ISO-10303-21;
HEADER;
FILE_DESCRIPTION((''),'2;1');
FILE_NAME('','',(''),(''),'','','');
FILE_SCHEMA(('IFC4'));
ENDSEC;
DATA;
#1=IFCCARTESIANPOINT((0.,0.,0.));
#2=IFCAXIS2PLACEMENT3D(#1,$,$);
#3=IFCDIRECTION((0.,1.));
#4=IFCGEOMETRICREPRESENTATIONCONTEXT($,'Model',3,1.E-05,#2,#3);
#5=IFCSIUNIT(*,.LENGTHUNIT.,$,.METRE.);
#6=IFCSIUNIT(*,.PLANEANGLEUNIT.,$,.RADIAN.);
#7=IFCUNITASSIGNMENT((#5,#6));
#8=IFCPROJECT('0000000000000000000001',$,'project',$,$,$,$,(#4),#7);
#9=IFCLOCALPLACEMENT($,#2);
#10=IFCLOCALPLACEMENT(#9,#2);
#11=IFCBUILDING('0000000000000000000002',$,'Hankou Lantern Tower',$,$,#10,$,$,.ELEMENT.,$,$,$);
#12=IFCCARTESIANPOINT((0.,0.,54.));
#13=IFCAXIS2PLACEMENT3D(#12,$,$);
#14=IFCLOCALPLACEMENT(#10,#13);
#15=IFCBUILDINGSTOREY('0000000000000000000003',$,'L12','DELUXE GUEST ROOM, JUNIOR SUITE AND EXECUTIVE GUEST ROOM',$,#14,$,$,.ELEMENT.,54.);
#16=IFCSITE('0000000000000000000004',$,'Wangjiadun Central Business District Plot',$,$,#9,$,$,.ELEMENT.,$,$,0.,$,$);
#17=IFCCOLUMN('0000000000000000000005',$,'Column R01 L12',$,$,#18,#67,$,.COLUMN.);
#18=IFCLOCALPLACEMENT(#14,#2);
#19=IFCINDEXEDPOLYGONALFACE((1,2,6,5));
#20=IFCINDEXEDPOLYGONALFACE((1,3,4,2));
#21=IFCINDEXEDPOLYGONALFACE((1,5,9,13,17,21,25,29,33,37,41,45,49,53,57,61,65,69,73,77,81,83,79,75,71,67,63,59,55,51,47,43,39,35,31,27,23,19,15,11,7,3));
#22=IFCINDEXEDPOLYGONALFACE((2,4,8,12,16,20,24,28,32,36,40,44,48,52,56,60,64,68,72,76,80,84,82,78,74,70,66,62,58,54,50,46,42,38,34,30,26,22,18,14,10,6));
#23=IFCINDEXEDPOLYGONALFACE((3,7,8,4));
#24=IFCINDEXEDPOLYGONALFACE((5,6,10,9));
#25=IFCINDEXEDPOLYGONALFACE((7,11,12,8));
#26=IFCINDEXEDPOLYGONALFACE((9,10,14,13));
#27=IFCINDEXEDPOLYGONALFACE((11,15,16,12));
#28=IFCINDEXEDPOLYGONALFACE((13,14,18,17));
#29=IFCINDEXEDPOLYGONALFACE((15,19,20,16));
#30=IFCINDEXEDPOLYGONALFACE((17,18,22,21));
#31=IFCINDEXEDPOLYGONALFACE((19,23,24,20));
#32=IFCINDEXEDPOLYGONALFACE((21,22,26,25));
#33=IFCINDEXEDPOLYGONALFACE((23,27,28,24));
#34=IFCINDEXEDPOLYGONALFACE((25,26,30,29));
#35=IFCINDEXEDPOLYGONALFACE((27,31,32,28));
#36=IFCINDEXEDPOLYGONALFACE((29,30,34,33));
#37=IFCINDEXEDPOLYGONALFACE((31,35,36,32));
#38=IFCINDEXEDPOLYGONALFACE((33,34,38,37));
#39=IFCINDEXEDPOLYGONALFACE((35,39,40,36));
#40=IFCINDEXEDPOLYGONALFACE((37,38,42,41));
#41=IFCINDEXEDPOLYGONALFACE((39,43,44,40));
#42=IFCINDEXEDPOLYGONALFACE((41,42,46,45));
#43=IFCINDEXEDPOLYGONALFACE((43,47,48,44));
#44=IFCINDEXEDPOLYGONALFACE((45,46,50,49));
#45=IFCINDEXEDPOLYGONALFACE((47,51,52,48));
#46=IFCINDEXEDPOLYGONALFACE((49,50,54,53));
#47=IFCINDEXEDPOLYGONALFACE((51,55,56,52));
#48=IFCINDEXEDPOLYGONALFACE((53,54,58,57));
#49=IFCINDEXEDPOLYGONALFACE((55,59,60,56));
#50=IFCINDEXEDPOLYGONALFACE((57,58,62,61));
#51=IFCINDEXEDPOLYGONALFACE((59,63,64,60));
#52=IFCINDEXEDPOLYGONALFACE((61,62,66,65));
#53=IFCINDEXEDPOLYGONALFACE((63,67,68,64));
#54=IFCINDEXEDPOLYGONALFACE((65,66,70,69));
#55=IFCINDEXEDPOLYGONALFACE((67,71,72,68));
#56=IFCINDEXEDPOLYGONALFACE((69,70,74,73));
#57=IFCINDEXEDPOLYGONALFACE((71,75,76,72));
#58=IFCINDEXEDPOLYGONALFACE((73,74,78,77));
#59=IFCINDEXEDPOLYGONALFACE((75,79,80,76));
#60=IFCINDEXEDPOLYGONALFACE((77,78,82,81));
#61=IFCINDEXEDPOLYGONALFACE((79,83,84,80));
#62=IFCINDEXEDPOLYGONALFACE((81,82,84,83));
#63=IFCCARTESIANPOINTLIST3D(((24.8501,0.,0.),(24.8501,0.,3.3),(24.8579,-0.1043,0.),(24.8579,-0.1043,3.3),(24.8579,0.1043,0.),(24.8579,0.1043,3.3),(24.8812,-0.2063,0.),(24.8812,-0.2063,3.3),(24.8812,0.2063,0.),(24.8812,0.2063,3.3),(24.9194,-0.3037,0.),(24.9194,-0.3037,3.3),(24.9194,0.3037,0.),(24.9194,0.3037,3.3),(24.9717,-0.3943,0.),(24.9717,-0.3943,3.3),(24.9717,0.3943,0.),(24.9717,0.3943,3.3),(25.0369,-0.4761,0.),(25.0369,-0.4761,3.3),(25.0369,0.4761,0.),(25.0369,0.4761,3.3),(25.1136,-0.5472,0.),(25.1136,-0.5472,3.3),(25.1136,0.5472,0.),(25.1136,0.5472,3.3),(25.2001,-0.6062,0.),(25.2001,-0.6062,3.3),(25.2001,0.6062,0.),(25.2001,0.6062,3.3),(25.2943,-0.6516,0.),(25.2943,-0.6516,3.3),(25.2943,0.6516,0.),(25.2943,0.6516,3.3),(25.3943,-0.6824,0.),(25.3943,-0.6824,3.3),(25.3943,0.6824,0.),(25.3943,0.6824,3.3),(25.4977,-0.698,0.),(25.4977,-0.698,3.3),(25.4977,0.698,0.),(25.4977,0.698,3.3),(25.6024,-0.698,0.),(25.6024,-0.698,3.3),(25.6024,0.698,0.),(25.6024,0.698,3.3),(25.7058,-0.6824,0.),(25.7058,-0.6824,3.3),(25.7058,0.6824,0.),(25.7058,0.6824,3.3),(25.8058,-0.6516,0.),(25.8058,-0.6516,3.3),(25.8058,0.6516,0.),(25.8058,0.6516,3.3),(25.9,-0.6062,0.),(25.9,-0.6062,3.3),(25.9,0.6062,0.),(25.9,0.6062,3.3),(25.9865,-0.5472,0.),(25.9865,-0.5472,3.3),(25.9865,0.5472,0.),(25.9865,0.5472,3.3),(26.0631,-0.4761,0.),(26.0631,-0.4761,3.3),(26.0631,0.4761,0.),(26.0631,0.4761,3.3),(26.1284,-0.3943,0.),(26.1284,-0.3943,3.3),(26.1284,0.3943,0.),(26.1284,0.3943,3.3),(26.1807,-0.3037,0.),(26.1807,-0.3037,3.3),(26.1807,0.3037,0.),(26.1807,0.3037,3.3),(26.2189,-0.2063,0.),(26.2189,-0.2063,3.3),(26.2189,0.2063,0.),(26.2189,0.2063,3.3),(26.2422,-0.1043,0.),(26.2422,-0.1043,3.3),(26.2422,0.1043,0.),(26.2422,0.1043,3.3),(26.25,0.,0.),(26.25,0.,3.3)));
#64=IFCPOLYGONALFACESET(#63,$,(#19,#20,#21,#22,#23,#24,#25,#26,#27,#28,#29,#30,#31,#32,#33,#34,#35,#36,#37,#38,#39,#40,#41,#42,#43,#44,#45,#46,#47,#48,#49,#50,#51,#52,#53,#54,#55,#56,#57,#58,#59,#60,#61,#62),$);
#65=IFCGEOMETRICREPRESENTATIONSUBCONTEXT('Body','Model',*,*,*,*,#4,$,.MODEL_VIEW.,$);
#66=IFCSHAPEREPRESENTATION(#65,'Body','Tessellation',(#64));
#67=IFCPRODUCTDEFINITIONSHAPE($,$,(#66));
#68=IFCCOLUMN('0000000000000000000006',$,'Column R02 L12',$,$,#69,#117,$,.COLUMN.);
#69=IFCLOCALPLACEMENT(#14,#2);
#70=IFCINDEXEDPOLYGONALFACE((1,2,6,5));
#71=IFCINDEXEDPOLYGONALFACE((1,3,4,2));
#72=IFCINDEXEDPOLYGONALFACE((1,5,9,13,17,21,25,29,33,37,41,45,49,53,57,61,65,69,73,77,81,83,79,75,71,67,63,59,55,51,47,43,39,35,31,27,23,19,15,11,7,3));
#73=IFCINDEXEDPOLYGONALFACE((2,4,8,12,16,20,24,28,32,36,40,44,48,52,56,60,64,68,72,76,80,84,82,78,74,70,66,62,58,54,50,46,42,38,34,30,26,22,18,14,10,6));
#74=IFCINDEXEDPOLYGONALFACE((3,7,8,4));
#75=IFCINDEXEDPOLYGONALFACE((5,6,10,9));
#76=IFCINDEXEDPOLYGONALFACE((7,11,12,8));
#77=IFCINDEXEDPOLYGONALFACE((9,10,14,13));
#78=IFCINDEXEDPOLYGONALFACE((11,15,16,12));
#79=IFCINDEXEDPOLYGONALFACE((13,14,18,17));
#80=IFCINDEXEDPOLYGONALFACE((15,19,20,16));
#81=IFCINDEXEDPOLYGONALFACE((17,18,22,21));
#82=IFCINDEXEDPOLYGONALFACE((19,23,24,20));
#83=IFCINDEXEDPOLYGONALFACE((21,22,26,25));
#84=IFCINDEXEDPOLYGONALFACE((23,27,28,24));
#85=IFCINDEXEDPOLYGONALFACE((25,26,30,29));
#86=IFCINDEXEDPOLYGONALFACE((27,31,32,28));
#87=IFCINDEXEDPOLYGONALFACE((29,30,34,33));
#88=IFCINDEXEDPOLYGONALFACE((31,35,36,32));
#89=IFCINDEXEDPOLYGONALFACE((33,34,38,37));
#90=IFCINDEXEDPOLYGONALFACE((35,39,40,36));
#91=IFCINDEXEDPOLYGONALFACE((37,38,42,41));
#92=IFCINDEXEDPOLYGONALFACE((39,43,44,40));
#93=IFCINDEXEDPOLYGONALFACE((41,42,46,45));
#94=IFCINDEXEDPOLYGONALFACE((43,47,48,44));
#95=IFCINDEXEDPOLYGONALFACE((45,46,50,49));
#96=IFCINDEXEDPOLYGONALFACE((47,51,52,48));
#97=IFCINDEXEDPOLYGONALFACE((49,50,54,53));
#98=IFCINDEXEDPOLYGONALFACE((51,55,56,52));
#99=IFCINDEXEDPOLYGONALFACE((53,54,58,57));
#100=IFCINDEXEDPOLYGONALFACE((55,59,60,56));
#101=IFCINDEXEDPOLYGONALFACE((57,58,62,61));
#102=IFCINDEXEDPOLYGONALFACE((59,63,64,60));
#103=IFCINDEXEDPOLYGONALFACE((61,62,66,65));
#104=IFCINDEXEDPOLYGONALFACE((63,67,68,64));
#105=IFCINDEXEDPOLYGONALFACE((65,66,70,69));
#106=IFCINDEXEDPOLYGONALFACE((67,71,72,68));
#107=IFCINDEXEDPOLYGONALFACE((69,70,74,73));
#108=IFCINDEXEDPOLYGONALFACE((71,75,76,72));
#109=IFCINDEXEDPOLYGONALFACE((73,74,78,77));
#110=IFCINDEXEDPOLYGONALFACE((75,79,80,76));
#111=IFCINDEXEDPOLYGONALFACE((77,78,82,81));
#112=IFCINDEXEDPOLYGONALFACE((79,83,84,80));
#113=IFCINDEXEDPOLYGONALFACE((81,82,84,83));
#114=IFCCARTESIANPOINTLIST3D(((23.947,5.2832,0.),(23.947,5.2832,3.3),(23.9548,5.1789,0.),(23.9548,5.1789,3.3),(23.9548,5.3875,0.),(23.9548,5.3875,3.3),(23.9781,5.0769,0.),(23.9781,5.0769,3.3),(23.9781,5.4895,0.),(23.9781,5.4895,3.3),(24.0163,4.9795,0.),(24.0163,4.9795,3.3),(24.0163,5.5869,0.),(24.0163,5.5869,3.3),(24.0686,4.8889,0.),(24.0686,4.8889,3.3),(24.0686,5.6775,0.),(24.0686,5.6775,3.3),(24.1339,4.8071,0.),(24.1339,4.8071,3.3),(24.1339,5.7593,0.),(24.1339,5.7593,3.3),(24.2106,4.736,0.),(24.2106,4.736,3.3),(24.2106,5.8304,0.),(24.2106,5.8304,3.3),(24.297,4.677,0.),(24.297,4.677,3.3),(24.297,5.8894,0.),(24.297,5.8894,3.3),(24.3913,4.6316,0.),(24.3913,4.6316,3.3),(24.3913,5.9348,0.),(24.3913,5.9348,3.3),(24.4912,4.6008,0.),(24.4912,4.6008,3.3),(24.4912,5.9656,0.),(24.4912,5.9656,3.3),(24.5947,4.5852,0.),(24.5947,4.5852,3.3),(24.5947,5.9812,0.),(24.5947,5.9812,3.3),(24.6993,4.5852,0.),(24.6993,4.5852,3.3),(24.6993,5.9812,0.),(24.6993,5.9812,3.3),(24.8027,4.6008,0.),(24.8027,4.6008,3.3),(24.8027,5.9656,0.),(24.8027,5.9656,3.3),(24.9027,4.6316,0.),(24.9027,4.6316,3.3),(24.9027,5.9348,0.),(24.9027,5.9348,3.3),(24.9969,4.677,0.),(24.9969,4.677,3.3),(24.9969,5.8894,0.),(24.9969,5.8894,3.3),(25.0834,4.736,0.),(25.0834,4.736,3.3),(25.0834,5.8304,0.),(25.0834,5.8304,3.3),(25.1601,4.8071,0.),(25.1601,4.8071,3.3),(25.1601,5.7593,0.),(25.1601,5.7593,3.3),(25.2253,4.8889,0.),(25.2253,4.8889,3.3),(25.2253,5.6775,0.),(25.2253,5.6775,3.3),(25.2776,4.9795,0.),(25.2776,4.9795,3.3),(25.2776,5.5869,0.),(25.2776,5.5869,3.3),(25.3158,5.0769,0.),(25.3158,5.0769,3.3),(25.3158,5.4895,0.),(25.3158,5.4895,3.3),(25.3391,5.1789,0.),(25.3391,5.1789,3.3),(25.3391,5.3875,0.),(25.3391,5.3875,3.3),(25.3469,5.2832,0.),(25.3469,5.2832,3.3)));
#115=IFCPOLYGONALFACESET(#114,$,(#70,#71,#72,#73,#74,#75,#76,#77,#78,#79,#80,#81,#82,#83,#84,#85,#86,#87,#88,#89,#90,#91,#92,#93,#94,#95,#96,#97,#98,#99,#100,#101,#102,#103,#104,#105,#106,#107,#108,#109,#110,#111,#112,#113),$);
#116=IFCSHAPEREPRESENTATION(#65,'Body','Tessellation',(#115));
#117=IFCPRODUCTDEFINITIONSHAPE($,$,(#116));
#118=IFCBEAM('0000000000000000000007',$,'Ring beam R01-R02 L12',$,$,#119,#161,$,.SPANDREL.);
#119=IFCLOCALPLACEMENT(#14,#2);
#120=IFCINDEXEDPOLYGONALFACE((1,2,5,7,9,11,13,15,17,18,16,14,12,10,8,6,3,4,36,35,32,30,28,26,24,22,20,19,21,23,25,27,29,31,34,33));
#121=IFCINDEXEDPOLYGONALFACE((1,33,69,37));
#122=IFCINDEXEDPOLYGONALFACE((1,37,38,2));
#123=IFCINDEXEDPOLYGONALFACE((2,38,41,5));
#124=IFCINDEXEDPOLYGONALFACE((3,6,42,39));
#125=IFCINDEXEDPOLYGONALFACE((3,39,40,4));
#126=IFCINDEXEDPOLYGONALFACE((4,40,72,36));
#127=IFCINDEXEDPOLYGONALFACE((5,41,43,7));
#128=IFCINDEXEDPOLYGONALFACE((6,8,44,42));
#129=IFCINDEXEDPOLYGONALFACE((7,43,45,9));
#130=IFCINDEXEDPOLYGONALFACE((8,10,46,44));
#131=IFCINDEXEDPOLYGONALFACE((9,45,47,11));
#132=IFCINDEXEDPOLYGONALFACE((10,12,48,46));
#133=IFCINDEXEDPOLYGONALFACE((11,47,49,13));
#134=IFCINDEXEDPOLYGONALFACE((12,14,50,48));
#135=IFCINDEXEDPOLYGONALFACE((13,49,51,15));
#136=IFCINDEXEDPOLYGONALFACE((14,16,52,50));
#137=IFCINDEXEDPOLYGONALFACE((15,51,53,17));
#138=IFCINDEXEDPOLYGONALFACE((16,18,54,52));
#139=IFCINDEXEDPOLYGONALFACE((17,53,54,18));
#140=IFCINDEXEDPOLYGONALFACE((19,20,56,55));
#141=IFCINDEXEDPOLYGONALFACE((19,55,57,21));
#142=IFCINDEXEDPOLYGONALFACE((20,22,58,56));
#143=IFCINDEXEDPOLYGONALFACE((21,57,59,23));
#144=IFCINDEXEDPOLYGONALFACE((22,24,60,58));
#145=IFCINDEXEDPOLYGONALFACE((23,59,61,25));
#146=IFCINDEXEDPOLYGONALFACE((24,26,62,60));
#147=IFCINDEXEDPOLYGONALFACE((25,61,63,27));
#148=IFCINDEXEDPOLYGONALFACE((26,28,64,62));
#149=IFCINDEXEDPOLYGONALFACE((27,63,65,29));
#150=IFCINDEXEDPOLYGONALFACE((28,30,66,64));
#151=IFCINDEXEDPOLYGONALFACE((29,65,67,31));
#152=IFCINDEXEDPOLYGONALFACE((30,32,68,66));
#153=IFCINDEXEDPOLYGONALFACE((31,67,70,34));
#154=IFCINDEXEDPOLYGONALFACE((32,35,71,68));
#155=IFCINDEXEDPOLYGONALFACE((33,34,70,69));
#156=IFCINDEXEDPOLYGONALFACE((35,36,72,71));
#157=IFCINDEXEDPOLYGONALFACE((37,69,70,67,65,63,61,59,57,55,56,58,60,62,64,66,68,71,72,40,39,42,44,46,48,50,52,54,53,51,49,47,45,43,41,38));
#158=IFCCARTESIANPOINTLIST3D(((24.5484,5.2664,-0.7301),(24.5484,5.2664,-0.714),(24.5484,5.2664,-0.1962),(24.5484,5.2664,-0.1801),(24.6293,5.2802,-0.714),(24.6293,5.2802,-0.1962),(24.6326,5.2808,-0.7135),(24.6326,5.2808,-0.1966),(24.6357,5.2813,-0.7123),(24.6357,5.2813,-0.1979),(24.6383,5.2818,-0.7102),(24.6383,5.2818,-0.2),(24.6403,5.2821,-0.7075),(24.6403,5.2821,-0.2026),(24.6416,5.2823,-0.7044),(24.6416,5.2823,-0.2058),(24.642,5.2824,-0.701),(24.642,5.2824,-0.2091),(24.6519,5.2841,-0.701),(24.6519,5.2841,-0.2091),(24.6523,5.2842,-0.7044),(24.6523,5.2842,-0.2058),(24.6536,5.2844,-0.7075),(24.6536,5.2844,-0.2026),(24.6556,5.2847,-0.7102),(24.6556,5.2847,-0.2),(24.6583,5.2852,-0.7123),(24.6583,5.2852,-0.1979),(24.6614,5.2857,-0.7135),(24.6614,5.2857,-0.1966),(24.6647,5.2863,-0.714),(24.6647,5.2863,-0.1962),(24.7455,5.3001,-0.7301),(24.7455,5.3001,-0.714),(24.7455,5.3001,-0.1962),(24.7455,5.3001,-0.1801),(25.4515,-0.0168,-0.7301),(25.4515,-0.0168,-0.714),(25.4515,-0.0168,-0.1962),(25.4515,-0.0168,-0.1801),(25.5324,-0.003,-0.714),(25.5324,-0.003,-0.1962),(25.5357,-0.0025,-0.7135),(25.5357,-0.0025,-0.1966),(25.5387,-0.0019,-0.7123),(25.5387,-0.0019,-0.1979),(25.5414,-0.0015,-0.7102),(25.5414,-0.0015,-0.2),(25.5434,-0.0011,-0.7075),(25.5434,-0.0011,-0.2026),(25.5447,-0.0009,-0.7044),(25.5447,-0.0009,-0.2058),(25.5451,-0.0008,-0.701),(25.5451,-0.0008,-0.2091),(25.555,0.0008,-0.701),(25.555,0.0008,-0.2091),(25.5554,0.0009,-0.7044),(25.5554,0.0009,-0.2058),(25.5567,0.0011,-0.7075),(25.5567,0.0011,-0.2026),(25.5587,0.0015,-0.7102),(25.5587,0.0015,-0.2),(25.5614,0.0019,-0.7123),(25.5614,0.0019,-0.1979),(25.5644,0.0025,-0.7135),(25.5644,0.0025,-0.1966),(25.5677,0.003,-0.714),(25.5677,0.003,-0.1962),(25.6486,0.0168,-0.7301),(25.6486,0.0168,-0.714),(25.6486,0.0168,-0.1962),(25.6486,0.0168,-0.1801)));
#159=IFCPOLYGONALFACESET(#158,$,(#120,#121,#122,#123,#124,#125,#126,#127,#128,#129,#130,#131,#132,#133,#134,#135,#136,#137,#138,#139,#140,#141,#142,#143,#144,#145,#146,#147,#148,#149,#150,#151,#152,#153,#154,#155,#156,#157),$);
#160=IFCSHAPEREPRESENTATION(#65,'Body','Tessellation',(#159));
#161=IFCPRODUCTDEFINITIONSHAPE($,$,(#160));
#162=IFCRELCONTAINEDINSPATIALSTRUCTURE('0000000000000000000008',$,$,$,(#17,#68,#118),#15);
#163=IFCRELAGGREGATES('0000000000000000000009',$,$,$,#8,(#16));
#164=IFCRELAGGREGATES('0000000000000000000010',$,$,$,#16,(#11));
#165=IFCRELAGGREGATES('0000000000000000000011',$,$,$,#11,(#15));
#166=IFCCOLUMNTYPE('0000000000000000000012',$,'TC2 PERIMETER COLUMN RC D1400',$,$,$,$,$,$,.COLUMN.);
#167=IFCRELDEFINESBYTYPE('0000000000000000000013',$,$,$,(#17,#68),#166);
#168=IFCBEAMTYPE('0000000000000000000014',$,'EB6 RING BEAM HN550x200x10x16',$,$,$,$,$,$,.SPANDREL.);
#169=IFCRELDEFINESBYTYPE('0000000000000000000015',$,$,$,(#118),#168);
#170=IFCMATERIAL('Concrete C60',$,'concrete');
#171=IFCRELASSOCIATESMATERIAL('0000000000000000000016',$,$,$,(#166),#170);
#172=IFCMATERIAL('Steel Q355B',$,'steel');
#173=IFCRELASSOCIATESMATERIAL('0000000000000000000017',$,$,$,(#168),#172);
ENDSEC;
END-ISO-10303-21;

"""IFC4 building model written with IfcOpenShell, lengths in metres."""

from ifc_helpers import new_model, si_unit, direction, frame, origin, origin_2d, place, context, subcontext, project, spatial, circle, i_section, extrude, material, material_profile, profile_set, type_object, element, save


model = new_model("IFC4")

# Units and contexts
model_context = context("Model", 3, precision=1e-05, world=origin(), true_north=direction((0.0, 1.0)))
body_context = subcontext(model_context, "Body", "Model", "MODEL_VIEW")
ifc_project = project(units=[si_unit("LENGTHUNIT", "METRE"), si_unit("PLANEANGLEUNIT", "RADIAN")], contexts=[model_context])

# Site, building, storey
site_placement = place(None, origin())
site = spatial("IfcSite", under=ifc_project, at=site_placement, Name="Wangjiadun Central Business District Plot", CompositionType="ELEMENT", RefElevation=0.0)
building_placement = place(site_placement, origin())
building = spatial("IfcBuilding", under=site, at=building_placement, Name="Hankou Lantern Tower", CompositionType="ELEMENT")
storey_placement = place(building_placement, frame((0.0, 0.0, 54.0)))
storey = spatial("IfcBuildingStorey", under=building, at=storey_placement, Name="L12", Description="DELUXE GUEST ROOM, JUNIOR SUITE AND EXECUTIVE GUEST ROOM", CompositionType="ELEMENT", Elevation=54.0)

# Columns
ifc_material_1 = material(Name="Concrete C60", Category="concrete")
ifc_material_profile_1 = material_profile(ifc_material_1, circle(Radius=0.7, at=origin_2d()), Name="RC D1400")
ifc_profile_set_1 = profile_set([ifc_material_profile_1], Name="Concrete C60")
column_type = type_object("IfcColumnType", Name="TC2 PERIMETER COLUMN RC D1400", PredefinedType="COLUMN", material=ifc_profile_set_1)
for number, where, z_axis, x_axis, name in (
    (1, (25.55, 0.0, 0.0), (0.0, 0.0, 1.0), (1.0, 0.0, 0.0), "Column R01 L12"),
    (2, (24.647, 5.2832, 0.0), (0.0, 0.0, 1.0), (1.0, 0.0, 0.0), "Column R02 L12"),
):
    element("IfcColumn", number, at=place(storey_placement, frame(where, z_axis=z_axis, x_axis=x_axis)), inside=storey, type_object=column_type, Name=name, PredefinedType="COLUMN", context=body_context, shape_type="SweptSolid", body=[
        extrude(circle(Radius=0.7, at=origin_2d()), origin(), (0.0, 0.0, 1.0), 3.3),
    ])

# Beam
ifc_material_2 = material(Name="Steel Q355B", Category="steel")
ifc_material_profile_2 = material_profile(ifc_material_2, i_section(OverallWidth=0.2, OverallDepth=0.55, WebThickness=0.01, FlangeThickness=0.0161, FilletRadius=0.0129, at=origin_2d()), Name="HN550x200x10x16")
ifc_profile_set_2 = profile_set([ifc_material_profile_2], Name="Steel Q355B")
beam_type_1 = type_object("IfcBeamType", Name="EB6 RING BEAM HN550x200x10x16", PredefinedType="SPANDREL", material=ifc_profile_set_2)
beam_1_placement = place(storey_placement, frame((25.55, 0.0, -0.4551), z_axis=(-0.16849, 0.985703, 0.0), x_axis=(-0.985703, -0.16849, 0.0)))
element("IfcBeam", 3, at=beam_1_placement, inside=storey, type_object=beam_type_1, Name="Ring beam R01-R02 L12", PredefinedType="SPANDREL", context=body_context, shape_type="SweptSolid", body=[
    extrude(i_section(OverallWidth=0.2, OverallDepth=0.55, WebThickness=0.01, FlangeThickness=0.0161, FilletRadius=0.0129, at=origin_2d()), origin(), (0.0, 0.0, 1.0), 5.3599),
])

save(model, "model.ifc")
